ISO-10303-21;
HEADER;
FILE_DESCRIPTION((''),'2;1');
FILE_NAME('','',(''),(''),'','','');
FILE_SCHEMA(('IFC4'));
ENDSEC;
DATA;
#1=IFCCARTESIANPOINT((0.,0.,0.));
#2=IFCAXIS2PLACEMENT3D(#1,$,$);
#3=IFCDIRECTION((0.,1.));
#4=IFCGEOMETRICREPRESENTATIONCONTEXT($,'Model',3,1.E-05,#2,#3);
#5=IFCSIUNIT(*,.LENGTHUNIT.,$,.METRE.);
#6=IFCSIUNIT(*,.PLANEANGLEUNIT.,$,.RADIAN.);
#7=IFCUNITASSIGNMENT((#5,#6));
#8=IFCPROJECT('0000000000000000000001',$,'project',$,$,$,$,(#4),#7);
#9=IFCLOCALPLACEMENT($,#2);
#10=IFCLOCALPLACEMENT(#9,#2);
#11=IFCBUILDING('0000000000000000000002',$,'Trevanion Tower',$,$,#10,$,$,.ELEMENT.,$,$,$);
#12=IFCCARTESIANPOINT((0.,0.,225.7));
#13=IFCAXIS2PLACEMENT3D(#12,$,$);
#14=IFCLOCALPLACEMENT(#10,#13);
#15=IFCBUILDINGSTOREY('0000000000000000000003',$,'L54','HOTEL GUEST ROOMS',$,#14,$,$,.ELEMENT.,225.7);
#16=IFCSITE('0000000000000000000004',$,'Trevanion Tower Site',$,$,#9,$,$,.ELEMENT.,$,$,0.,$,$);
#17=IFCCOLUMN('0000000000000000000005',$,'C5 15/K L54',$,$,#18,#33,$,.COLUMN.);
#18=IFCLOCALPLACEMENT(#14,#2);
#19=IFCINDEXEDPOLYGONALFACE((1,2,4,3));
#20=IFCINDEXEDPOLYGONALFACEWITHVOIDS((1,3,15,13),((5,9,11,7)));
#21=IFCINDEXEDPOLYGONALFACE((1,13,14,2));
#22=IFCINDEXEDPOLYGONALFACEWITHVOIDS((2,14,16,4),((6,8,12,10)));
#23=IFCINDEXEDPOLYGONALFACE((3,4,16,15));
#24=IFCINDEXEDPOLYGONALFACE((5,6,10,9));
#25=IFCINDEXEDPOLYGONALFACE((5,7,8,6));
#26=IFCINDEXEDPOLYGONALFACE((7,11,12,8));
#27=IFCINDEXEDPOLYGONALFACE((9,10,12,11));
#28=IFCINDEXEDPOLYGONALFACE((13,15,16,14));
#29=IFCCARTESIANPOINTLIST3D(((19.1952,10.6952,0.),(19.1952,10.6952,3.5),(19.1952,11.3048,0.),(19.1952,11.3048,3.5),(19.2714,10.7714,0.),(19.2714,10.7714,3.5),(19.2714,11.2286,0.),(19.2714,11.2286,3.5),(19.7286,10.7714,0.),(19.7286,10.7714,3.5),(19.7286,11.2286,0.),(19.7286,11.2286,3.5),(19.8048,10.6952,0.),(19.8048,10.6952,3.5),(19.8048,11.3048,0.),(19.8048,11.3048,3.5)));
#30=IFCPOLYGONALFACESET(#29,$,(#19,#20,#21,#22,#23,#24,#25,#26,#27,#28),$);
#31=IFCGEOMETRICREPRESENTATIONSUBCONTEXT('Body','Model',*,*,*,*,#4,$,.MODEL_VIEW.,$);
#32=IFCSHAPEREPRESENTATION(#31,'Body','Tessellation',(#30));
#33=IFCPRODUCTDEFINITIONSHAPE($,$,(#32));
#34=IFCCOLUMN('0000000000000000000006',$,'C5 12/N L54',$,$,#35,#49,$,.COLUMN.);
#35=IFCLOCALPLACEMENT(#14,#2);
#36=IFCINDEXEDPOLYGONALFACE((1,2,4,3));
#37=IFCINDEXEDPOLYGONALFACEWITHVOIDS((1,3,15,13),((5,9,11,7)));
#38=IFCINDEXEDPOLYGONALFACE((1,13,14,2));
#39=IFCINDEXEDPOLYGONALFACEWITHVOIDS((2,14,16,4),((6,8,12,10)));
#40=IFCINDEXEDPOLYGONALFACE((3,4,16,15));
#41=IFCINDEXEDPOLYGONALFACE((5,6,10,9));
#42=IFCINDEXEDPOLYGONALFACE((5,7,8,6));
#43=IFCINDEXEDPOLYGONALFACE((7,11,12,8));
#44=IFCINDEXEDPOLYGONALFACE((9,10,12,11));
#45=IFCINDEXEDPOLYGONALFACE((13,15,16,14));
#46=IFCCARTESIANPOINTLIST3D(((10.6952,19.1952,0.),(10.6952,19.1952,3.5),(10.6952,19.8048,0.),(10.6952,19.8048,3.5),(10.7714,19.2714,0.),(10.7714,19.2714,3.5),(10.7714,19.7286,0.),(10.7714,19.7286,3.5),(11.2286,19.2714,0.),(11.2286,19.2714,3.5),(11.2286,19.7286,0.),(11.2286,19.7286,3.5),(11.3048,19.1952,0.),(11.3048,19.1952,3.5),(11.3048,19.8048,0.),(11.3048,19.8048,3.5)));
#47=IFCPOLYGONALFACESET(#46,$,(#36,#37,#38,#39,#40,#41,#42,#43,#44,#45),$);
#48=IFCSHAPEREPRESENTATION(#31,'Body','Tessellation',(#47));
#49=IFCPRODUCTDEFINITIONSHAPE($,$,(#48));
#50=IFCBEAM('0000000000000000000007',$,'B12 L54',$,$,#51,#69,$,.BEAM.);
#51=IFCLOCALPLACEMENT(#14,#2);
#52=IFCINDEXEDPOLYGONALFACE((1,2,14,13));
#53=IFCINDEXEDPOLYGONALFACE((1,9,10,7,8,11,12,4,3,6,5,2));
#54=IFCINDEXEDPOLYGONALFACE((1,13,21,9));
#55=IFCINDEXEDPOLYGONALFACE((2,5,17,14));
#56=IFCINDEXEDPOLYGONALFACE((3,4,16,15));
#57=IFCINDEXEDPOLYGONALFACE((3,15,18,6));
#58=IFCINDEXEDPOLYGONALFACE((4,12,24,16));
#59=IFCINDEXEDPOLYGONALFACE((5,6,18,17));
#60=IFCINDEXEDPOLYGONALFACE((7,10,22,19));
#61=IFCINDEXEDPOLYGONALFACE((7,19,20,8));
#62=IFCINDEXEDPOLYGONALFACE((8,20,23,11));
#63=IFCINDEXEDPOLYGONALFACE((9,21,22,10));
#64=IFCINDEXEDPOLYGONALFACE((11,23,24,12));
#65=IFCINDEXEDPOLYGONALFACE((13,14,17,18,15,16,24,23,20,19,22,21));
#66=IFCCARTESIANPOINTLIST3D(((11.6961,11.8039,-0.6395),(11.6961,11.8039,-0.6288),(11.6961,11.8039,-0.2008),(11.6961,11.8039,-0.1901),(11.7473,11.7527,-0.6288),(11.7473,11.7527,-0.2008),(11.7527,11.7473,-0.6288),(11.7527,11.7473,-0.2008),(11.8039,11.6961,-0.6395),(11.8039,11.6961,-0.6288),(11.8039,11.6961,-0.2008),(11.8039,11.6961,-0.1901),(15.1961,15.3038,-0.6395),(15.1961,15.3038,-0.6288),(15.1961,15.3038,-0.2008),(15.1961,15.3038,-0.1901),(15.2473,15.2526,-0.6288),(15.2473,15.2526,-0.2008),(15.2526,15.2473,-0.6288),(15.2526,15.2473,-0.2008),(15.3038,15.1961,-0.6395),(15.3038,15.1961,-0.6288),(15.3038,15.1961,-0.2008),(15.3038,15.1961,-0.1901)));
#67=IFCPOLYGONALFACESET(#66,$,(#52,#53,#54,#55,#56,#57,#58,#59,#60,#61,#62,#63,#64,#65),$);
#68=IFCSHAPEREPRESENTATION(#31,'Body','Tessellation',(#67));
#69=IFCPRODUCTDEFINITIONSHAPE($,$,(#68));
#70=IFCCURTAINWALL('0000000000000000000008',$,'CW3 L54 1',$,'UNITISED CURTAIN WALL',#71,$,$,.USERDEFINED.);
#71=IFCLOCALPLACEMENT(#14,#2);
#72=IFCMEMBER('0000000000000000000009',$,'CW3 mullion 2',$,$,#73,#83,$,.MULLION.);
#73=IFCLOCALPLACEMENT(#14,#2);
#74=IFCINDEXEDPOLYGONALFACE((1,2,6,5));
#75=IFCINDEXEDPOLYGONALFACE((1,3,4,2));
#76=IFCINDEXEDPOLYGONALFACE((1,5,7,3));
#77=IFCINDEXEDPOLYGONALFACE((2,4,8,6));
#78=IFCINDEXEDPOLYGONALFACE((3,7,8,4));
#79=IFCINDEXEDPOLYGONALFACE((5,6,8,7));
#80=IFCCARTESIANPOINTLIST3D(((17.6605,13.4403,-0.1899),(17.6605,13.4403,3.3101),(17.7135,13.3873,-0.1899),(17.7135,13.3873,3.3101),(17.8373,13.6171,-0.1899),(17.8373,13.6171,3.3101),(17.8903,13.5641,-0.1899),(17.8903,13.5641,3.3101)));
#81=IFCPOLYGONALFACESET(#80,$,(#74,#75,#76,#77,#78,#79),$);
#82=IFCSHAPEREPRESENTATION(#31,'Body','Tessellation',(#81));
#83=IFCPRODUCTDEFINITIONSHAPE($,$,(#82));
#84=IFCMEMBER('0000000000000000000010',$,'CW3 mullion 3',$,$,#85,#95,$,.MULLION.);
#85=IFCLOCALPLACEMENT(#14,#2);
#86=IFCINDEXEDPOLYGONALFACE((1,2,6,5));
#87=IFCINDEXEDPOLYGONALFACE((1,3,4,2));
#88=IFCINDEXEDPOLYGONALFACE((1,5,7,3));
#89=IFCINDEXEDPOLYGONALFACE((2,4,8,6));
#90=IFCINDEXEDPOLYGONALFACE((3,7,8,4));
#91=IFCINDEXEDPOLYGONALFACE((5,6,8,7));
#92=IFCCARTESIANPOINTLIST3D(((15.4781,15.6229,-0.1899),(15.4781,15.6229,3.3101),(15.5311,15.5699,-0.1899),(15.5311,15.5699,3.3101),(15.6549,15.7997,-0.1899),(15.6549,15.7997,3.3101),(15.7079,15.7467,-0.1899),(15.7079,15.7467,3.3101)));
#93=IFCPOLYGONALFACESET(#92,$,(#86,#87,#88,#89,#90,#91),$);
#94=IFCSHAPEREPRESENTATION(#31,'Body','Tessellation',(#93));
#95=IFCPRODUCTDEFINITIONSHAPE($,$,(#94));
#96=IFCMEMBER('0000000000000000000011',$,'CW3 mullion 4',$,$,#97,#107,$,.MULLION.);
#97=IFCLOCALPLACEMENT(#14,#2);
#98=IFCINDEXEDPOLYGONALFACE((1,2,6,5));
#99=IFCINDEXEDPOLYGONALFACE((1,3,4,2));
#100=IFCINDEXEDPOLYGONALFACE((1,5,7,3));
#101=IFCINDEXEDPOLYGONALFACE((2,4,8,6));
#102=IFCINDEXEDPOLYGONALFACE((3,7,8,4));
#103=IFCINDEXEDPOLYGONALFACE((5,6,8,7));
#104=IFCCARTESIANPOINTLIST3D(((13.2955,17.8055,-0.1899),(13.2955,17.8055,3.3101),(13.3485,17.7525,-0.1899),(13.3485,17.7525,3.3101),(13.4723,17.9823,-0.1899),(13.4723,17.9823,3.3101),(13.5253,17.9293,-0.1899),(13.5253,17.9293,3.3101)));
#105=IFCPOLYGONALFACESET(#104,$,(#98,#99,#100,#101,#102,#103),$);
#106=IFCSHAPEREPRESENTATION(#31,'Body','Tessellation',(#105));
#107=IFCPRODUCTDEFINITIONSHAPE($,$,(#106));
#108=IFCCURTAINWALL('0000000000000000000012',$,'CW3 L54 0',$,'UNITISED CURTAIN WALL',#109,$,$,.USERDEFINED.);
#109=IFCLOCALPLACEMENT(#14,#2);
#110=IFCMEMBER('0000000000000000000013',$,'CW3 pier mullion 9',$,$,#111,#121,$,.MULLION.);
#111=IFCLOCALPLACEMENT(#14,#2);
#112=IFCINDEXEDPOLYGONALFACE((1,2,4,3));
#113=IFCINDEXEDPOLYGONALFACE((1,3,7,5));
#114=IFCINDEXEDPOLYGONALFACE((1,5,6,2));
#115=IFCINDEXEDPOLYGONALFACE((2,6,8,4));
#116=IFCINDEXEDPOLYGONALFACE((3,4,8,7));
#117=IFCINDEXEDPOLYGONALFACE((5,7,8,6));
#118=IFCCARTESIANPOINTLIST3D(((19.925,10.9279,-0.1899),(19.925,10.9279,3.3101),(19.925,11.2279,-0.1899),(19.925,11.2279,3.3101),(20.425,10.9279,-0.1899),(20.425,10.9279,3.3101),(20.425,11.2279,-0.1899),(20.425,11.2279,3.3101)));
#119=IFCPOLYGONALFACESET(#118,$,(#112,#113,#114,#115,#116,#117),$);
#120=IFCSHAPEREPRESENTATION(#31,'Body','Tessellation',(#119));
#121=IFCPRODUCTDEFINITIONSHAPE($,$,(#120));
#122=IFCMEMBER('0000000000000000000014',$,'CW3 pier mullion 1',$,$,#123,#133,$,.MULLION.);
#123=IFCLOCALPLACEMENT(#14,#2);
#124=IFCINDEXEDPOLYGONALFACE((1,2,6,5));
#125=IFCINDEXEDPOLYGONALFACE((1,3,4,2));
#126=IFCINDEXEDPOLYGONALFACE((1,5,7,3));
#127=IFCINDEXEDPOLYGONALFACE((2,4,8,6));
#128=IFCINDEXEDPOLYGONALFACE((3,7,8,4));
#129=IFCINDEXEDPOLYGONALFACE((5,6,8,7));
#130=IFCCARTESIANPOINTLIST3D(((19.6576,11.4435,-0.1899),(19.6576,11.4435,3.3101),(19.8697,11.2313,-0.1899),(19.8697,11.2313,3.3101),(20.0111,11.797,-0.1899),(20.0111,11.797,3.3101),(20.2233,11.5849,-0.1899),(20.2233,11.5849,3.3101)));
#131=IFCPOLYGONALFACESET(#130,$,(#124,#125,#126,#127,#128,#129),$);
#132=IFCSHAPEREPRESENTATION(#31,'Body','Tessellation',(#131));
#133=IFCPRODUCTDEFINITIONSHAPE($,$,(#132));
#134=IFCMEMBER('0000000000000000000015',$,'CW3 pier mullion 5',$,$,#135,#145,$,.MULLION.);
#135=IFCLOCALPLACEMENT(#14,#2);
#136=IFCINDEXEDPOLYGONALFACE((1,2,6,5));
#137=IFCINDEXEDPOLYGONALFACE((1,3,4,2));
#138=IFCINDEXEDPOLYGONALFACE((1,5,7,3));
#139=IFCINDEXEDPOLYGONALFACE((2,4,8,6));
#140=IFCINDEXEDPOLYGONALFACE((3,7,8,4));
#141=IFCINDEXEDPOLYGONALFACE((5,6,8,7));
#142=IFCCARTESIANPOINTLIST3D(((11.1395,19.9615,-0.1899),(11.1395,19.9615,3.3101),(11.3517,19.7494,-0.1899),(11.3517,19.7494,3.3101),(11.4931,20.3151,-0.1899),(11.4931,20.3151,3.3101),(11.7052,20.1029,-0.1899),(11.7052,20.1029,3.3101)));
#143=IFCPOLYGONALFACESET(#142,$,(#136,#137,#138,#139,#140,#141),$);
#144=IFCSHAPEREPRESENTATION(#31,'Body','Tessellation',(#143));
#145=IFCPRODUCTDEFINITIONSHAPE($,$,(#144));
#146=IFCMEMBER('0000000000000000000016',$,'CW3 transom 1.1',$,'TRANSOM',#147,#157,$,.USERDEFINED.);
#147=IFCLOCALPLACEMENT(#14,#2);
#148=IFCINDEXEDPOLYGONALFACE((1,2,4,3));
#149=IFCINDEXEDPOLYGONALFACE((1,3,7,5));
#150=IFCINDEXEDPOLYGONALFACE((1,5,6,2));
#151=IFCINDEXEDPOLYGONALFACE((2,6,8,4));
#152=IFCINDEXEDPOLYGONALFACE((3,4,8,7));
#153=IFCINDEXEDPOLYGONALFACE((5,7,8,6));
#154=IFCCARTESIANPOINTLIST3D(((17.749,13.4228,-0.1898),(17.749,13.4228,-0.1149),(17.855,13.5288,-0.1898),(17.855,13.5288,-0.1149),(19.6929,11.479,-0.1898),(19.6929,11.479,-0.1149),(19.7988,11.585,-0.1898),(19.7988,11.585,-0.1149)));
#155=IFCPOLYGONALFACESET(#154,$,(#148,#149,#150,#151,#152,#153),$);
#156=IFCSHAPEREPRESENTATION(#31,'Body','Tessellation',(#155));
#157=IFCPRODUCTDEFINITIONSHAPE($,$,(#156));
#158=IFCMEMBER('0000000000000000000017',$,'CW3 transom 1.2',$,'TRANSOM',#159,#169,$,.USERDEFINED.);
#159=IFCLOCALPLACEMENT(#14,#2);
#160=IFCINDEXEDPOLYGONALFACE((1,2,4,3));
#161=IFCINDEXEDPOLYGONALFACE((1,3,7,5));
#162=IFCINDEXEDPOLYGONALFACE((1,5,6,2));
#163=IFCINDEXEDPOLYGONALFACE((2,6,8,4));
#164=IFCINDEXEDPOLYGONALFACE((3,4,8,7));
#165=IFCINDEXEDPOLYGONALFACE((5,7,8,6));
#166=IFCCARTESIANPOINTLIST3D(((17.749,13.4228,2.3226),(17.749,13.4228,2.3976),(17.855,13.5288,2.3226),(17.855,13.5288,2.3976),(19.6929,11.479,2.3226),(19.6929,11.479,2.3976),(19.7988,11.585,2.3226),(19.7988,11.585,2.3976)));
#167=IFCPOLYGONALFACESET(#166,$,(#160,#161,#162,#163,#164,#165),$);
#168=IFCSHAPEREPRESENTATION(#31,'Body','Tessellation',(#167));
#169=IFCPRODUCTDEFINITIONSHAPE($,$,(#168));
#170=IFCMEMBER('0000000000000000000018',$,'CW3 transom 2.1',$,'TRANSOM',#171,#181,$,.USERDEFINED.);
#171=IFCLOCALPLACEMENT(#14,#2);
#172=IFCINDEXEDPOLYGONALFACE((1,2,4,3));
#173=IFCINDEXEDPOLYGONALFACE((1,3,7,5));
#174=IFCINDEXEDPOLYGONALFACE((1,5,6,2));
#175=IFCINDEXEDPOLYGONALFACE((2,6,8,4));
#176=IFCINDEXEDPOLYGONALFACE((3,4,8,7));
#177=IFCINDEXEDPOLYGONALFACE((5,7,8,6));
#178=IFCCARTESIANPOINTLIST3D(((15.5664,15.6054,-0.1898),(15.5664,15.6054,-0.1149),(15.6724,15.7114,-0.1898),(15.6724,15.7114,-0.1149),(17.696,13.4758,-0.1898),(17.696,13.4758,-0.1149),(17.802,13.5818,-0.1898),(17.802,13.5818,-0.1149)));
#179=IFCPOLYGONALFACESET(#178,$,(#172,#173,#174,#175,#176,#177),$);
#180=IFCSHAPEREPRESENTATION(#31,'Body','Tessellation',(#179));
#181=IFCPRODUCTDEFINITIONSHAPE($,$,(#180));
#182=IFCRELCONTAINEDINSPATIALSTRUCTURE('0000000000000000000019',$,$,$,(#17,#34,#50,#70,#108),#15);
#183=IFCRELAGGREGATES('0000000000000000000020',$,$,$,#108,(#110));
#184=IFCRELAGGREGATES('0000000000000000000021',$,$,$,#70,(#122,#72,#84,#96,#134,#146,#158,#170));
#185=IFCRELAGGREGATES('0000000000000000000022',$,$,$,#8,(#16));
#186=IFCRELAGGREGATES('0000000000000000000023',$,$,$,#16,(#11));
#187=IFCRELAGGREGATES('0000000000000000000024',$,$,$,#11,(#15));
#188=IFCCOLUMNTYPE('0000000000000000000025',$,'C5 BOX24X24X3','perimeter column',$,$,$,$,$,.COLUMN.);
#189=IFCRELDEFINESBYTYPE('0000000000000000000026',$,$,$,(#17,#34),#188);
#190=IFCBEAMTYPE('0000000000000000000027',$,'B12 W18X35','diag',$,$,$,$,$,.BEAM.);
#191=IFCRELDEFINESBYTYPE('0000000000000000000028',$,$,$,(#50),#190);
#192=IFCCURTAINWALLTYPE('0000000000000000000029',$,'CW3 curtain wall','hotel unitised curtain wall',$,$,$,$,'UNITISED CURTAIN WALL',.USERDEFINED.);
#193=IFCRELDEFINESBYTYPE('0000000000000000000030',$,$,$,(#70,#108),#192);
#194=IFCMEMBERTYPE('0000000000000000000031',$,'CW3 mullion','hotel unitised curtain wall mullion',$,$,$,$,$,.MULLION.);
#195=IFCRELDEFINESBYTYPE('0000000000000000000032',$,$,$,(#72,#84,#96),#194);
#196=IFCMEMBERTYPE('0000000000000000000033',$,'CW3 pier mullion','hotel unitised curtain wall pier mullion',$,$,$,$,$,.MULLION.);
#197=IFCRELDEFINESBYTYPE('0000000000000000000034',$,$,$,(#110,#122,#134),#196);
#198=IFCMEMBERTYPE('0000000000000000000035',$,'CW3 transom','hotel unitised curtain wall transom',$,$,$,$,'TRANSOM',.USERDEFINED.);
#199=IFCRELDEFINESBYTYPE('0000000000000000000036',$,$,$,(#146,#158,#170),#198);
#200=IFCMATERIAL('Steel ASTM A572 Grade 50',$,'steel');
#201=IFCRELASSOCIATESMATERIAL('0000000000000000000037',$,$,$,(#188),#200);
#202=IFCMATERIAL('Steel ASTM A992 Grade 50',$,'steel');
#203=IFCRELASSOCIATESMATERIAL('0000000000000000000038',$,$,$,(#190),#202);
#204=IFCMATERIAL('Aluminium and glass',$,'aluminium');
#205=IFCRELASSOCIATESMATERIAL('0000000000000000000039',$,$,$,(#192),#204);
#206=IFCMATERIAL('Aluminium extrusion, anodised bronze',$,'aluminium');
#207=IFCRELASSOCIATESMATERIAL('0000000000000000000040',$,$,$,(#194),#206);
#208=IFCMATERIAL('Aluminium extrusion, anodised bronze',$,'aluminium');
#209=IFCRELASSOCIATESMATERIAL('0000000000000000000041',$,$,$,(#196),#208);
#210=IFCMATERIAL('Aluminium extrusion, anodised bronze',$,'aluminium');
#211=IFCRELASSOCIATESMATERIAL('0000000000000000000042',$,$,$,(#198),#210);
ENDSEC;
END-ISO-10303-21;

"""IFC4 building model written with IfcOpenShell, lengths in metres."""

from ifc_helpers import new_model, si_unit, direction, frame, origin, origin_2d, place, context, subcontext, project, spatial, rectangle, hollow_rectangle, i_section, extrude, material, material_profile, profile_set, type_object, element, aggregate, save


model = new_model("IFC4")

# Units and contexts
model_context = context("Model", 3, precision=1e-05, world=origin(), true_north=direction((0.0, 1.0)))
body_context = subcontext(model_context, "Body", "Model", "MODEL_VIEW")
ifc_project = project(units=[si_unit("LENGTHUNIT", "METRE"), si_unit("PLANEANGLEUNIT", "RADIAN")], contexts=[model_context])

# Site, building, storey
site_placement = place(None, origin())
site = spatial("IfcSite", under=ifc_project, at=site_placement, Name="Trevanion Tower Site", CompositionType="ELEMENT", RefElevation=0.0)
building_placement = place(site_placement, origin())
building = spatial("IfcBuilding", under=site, at=building_placement, Name="Trevanion Tower", CompositionType="ELEMENT")
storey_placement = place(building_placement, frame((0.0, 0.0, 225.7)))
storey = spatial("IfcBuildingStorey", under=building, at=storey_placement, Name="L54", Description="HOTEL GUEST ROOMS", CompositionType="ELEMENT", Elevation=225.7)

# Columns
ifc_material_1 = material(Name="Steel ASTM A572 Grade 50", Category="steel")
ifc_material_profile_1 = material_profile(ifc_material_1, hollow_rectangle(XDim=0.6096, YDim=0.6096, WallThickness=0.0762, at=origin_2d()), Name="BOX24X24X3")
ifc_profile_set_1 = profile_set([ifc_material_profile_1], Name="Steel ASTM A572 Grade 50")
column_type = type_object("IfcColumnType", Name="C5 BOX24X24X3", Description="perimeter column", PredefinedType="COLUMN", material=ifc_profile_set_1)
for number, where, z_axis, x_axis, name in (
    (1, (19.5, 11.0, 0.0), (0.0, 0.0, 1.0), (0.0, 1.0, 0.0), "C5 15/K L54"),
    (2, (11.0, 19.5, 0.0), (0.0, 0.0, 1.0), (1.0, 0.0, 0.0), "C5 12/N L54"),
):
    element("IfcColumn", number, at=place(storey_placement, frame(where, z_axis=z_axis, x_axis=x_axis)), inside=storey, type_object=column_type, Name=name, PredefinedType="COLUMN", context=body_context, shape_type="SweptSolid", body=[
        extrude(hollow_rectangle(XDim=0.6096, YDim=0.6096, WallThickness=0.0762, at=origin_2d()), origin(), (0.0, 0.0, 1.0), 3.5),
    ])

# Beam
ifc_material_2 = material(Name="Steel ASTM A992 Grade 50", Category="steel")
ifc_material_profile_2 = material_profile(ifc_material_2, i_section(OverallWidth=0.1523, OverallDepth=0.4495, WebThickness=0.0076, FlangeThickness=0.0107, at=origin_2d()), Name="W18X35")
ifc_profile_set_2 = profile_set([ifc_material_profile_2], Name="Steel ASTM A992 Grade 50")
beam_type_1 = type_object("IfcBeamType", Name="B12 W18X35", Description="diag", PredefinedType="BEAM", material=ifc_profile_set_2)
beam_1_placement = place(storey_placement, frame((11.75, 11.75, -0.4148), z_axis=(0.707107, 0.707107, 0.0), x_axis=(-0.707107, 0.707107, 0.0)))
element("IfcBeam", 3, at=beam_1_placement, inside=storey, type_object=beam_type_1, Name="B12 L54", PredefinedType="BEAM", context=body_context, shape_type="SweptSolid", body=[
    extrude(i_section(OverallWidth=0.1523, OverallDepth=0.4495, WebThickness=0.0076, FlangeThickness=0.0107, at=origin_2d()), origin(), (0.0, 0.0, 1.0), 4.9497),
])

# Curtain wall, members
ifc_material_3 = material(Name="Aluminium and glass", Category="aluminium")
curtain_wall_type = type_object("IfcCurtainWallType", Name="CW3 curtain wall", Description="hotel unitised curtain wall", ElementType="UNITISED CURTAIN WALL", PredefinedType="USERDEFINED", material=ifc_material_3)
curtain_wall_1_placement = place(storey_placement, origin())
curtain_wall_1 = element("IfcCurtainWall", 4, at=curtain_wall_1_placement, inside=storey, type_object=curtain_wall_type, Name="CW3 L54 1", ObjectType="UNITISED CURTAIN WALL", PredefinedType="USERDEFINED")
ifc_material_4 = material(Name="Aluminium extrusion, anodised bronze", Category="aluminium")
ifc_material_profile_3 = material_profile(ifc_material_4, rectangle(XDim=0.075, YDim=0.25, at=origin_2d()), Name="CW3 mullion")
ifc_profile_set_3 = profile_set([ifc_material_profile_3], Name="Aluminium extrusion, anodised bronze")
member_type_1 = type_object("IfcMemberType", Name="CW3 mullion", Description="hotel unitised curtain wall mullion", PredefinedType="MULLION", material=ifc_profile_set_3)
member_1_placement = place(storey_placement, frame((17.7754, 13.5022, -0.1899), z_axis=(0.0, 0.0, 1.0), x_axis=(-0.707107, 0.707107, 0.0)))
member_1 = element("IfcMember", 5, at=member_1_placement, type_object=member_type_1, Name="CW3 mullion 2", PredefinedType="MULLION", context=body_context, shape_type="SweptSolid", body=[
    extrude(rectangle(XDim=0.075, YDim=0.25, at=origin_2d()), origin(), (0.0, 0.0, 1.0), 3.5),
])
member_2_placement = place(storey_placement, frame((15.593, 15.6848, -0.1899), z_axis=(0.0, 0.0, 1.0), x_axis=(-0.707107, 0.707107, 0.0)))
member_2 = element("IfcMember", 6, at=member_2_placement, type_object=member_type_1, Name="CW3 mullion 3", PredefinedType="MULLION", context=body_context, shape_type="SweptSolid", body=[
    extrude(rectangle(XDim=0.075, YDim=0.25, at=origin_2d()), origin(), (0.0, 0.0, 1.0), 3.5),
])
member_3_placement = place(storey_placement, frame((13.4104, 17.8674, -0.1899), z_axis=(0.0, 0.0, 1.0), x_axis=(-0.707107, 0.707107, 0.0)))
member_3 = element("IfcMember", 7, at=member_3_placement, type_object=member_type_1, Name="CW3 mullion 4", PredefinedType="MULLION", context=body_context, shape_type="SweptSolid", body=[
    extrude(rectangle(XDim=0.075, YDim=0.25, at=origin_2d()), origin(), (0.0, 0.0, 1.0), 3.5),
])

# Curtain wall, member
curtain_wall_2_placement = place(storey_placement, origin())
curtain_wall_2 = element("IfcCurtainWall", 8, at=curtain_wall_2_placement, inside=storey, type_object=curtain_wall_type, Name="CW3 L54 0", ObjectType="UNITISED CURTAIN WALL", PredefinedType="USERDEFINED")
ifc_material_5 = material(Name="Aluminium extrusion, anodised bronze", Category="aluminium")
ifc_material_profile_4 = material_profile(ifc_material_5, rectangle(XDim=0.3, YDim=0.5, at=origin_2d()), Name="CW3 pier mullion")
ifc_profile_set_4 = profile_set([ifc_material_profile_4], Name="Aluminium extrusion, anodised bronze")
member_type_2 = type_object("IfcMemberType", Name="CW3 pier mullion", Description="hotel unitised curtain wall pier mullion", PredefinedType="MULLION", material=ifc_profile_set_4)
member_4_placement = place(storey_placement, frame((20.175, 11.0779, -0.1899), z_axis=(0.0, 0.0, 1.0), x_axis=(0.0, 1.0, 0.0)))
member_4 = element("IfcMember", 9, at=member_4_placement, type_object=member_type_2, Name="CW3 pier mullion 9", PredefinedType="MULLION", context=body_context, shape_type="SweptSolid", body=[
    extrude(rectangle(XDim=0.3, YDim=0.5, at=origin_2d()), origin(), (0.0, 0.0, 1.0), 3.5),
])
aggregate(curtain_wall_2, [member_4])

# Members
member_5_placement = place(storey_placement, frame((19.9404, 11.5142, -0.1899), z_axis=(0.0, 0.0, 1.0), x_axis=(-0.707107, 0.707107, 0.0)))
member_5 = element("IfcMember", 10, at=member_5_placement, type_object=member_type_2, Name="CW3 pier mullion 1", PredefinedType="MULLION", context=body_context, shape_type="SweptSolid", body=[
    extrude(rectangle(XDim=0.3, YDim=0.5, at=origin_2d()), origin(), (0.0, 0.0, 1.0), 3.5),
])
member_6_placement = place(storey_placement, frame((11.4224, 20.0322, -0.1899), z_axis=(0.0, 0.0, 1.0), x_axis=(-0.707107, 0.707107, 0.0)))
member_6 = element("IfcMember", 11, at=member_6_placement, type_object=member_type_2, Name="CW3 pier mullion 5", PredefinedType="MULLION", context=body_context, shape_type="SweptSolid", body=[
    extrude(rectangle(XDim=0.3, YDim=0.5, at=origin_2d()), origin(), (0.0, 0.0, 1.0), 3.5),
])
ifc_material_6 = material(Name="Aluminium extrusion, anodised bronze", Category="aluminium")
ifc_material_profile_5 = material_profile(ifc_material_6, rectangle(XDim=0.1499, YDim=0.075, at=origin_2d()), Name="CW3 transom")
ifc_profile_set_5 = profile_set([ifc_material_profile_5], Name="Aluminium extrusion, anodised bronze")
member_type_3 = type_object("IfcMemberType", Name="CW3 transom", Description="hotel unitised curtain wall transom", ElementType="TRANSOM", PredefinedType="USERDEFINED", material=ifc_profile_set_5)
member_7_placement = place(storey_placement, frame((19.7458, 11.532, -0.1523), z_axis=(-0.707107, 0.707107, 0.0), x_axis=(-0.707107, -0.707107, 0.0)))
member_7 = element("IfcMember", 12, at=member_7_placement, type_object=member_type_3, Name="CW3 transom 1.1", ObjectType="TRANSOM", PredefinedType="USERDEFINED", context=body_context, shape_type="SweptSolid", body=[
    extrude(rectangle(XDim=0.1499, YDim=0.075, at=origin_2d()), origin(), (0.0, 0.0, 1.0), 2.749),
])
member_8_placement = place(storey_placement, frame((19.7458, 11.532, 2.3601), z_axis=(-0.707107, 0.707107, 0.0), x_axis=(-0.707107, -0.707107, 0.0)))
member_8 = element("IfcMember", 13, at=member_8_placement, type_object=member_type_3, Name="CW3 transom 1.2", ObjectType="TRANSOM", PredefinedType="USERDEFINED", context=body_context, shape_type="SweptSolid", body=[
    extrude(rectangle(XDim=0.1499, YDim=0.075, at=origin_2d()), origin(), (0.0, 0.0, 1.0), 2.749),
])
member_9_placement = place(storey_placement, frame((17.749, 13.5288, -0.1523), z_axis=(-0.707107, 0.707107, 0.0), x_axis=(-0.707107, -0.707107, 0.0)))
member_9 = element("IfcMember", 14, at=member_9_placement, type_object=member_type_3, Name="CW3 transom 2.1", ObjectType="TRANSOM", PredefinedType="USERDEFINED", context=body_context, shape_type="SweptSolid", body=[
    extrude(rectangle(XDim=0.1499, YDim=0.075, at=origin_2d()), origin(), (0.0, 0.0, 1.0), 3.0117),
])

aggregate(curtain_wall_1, [member_5, member_1, member_2, member_3, member_6, member_7, member_8, member_9])

save(model, "model.ifc")
